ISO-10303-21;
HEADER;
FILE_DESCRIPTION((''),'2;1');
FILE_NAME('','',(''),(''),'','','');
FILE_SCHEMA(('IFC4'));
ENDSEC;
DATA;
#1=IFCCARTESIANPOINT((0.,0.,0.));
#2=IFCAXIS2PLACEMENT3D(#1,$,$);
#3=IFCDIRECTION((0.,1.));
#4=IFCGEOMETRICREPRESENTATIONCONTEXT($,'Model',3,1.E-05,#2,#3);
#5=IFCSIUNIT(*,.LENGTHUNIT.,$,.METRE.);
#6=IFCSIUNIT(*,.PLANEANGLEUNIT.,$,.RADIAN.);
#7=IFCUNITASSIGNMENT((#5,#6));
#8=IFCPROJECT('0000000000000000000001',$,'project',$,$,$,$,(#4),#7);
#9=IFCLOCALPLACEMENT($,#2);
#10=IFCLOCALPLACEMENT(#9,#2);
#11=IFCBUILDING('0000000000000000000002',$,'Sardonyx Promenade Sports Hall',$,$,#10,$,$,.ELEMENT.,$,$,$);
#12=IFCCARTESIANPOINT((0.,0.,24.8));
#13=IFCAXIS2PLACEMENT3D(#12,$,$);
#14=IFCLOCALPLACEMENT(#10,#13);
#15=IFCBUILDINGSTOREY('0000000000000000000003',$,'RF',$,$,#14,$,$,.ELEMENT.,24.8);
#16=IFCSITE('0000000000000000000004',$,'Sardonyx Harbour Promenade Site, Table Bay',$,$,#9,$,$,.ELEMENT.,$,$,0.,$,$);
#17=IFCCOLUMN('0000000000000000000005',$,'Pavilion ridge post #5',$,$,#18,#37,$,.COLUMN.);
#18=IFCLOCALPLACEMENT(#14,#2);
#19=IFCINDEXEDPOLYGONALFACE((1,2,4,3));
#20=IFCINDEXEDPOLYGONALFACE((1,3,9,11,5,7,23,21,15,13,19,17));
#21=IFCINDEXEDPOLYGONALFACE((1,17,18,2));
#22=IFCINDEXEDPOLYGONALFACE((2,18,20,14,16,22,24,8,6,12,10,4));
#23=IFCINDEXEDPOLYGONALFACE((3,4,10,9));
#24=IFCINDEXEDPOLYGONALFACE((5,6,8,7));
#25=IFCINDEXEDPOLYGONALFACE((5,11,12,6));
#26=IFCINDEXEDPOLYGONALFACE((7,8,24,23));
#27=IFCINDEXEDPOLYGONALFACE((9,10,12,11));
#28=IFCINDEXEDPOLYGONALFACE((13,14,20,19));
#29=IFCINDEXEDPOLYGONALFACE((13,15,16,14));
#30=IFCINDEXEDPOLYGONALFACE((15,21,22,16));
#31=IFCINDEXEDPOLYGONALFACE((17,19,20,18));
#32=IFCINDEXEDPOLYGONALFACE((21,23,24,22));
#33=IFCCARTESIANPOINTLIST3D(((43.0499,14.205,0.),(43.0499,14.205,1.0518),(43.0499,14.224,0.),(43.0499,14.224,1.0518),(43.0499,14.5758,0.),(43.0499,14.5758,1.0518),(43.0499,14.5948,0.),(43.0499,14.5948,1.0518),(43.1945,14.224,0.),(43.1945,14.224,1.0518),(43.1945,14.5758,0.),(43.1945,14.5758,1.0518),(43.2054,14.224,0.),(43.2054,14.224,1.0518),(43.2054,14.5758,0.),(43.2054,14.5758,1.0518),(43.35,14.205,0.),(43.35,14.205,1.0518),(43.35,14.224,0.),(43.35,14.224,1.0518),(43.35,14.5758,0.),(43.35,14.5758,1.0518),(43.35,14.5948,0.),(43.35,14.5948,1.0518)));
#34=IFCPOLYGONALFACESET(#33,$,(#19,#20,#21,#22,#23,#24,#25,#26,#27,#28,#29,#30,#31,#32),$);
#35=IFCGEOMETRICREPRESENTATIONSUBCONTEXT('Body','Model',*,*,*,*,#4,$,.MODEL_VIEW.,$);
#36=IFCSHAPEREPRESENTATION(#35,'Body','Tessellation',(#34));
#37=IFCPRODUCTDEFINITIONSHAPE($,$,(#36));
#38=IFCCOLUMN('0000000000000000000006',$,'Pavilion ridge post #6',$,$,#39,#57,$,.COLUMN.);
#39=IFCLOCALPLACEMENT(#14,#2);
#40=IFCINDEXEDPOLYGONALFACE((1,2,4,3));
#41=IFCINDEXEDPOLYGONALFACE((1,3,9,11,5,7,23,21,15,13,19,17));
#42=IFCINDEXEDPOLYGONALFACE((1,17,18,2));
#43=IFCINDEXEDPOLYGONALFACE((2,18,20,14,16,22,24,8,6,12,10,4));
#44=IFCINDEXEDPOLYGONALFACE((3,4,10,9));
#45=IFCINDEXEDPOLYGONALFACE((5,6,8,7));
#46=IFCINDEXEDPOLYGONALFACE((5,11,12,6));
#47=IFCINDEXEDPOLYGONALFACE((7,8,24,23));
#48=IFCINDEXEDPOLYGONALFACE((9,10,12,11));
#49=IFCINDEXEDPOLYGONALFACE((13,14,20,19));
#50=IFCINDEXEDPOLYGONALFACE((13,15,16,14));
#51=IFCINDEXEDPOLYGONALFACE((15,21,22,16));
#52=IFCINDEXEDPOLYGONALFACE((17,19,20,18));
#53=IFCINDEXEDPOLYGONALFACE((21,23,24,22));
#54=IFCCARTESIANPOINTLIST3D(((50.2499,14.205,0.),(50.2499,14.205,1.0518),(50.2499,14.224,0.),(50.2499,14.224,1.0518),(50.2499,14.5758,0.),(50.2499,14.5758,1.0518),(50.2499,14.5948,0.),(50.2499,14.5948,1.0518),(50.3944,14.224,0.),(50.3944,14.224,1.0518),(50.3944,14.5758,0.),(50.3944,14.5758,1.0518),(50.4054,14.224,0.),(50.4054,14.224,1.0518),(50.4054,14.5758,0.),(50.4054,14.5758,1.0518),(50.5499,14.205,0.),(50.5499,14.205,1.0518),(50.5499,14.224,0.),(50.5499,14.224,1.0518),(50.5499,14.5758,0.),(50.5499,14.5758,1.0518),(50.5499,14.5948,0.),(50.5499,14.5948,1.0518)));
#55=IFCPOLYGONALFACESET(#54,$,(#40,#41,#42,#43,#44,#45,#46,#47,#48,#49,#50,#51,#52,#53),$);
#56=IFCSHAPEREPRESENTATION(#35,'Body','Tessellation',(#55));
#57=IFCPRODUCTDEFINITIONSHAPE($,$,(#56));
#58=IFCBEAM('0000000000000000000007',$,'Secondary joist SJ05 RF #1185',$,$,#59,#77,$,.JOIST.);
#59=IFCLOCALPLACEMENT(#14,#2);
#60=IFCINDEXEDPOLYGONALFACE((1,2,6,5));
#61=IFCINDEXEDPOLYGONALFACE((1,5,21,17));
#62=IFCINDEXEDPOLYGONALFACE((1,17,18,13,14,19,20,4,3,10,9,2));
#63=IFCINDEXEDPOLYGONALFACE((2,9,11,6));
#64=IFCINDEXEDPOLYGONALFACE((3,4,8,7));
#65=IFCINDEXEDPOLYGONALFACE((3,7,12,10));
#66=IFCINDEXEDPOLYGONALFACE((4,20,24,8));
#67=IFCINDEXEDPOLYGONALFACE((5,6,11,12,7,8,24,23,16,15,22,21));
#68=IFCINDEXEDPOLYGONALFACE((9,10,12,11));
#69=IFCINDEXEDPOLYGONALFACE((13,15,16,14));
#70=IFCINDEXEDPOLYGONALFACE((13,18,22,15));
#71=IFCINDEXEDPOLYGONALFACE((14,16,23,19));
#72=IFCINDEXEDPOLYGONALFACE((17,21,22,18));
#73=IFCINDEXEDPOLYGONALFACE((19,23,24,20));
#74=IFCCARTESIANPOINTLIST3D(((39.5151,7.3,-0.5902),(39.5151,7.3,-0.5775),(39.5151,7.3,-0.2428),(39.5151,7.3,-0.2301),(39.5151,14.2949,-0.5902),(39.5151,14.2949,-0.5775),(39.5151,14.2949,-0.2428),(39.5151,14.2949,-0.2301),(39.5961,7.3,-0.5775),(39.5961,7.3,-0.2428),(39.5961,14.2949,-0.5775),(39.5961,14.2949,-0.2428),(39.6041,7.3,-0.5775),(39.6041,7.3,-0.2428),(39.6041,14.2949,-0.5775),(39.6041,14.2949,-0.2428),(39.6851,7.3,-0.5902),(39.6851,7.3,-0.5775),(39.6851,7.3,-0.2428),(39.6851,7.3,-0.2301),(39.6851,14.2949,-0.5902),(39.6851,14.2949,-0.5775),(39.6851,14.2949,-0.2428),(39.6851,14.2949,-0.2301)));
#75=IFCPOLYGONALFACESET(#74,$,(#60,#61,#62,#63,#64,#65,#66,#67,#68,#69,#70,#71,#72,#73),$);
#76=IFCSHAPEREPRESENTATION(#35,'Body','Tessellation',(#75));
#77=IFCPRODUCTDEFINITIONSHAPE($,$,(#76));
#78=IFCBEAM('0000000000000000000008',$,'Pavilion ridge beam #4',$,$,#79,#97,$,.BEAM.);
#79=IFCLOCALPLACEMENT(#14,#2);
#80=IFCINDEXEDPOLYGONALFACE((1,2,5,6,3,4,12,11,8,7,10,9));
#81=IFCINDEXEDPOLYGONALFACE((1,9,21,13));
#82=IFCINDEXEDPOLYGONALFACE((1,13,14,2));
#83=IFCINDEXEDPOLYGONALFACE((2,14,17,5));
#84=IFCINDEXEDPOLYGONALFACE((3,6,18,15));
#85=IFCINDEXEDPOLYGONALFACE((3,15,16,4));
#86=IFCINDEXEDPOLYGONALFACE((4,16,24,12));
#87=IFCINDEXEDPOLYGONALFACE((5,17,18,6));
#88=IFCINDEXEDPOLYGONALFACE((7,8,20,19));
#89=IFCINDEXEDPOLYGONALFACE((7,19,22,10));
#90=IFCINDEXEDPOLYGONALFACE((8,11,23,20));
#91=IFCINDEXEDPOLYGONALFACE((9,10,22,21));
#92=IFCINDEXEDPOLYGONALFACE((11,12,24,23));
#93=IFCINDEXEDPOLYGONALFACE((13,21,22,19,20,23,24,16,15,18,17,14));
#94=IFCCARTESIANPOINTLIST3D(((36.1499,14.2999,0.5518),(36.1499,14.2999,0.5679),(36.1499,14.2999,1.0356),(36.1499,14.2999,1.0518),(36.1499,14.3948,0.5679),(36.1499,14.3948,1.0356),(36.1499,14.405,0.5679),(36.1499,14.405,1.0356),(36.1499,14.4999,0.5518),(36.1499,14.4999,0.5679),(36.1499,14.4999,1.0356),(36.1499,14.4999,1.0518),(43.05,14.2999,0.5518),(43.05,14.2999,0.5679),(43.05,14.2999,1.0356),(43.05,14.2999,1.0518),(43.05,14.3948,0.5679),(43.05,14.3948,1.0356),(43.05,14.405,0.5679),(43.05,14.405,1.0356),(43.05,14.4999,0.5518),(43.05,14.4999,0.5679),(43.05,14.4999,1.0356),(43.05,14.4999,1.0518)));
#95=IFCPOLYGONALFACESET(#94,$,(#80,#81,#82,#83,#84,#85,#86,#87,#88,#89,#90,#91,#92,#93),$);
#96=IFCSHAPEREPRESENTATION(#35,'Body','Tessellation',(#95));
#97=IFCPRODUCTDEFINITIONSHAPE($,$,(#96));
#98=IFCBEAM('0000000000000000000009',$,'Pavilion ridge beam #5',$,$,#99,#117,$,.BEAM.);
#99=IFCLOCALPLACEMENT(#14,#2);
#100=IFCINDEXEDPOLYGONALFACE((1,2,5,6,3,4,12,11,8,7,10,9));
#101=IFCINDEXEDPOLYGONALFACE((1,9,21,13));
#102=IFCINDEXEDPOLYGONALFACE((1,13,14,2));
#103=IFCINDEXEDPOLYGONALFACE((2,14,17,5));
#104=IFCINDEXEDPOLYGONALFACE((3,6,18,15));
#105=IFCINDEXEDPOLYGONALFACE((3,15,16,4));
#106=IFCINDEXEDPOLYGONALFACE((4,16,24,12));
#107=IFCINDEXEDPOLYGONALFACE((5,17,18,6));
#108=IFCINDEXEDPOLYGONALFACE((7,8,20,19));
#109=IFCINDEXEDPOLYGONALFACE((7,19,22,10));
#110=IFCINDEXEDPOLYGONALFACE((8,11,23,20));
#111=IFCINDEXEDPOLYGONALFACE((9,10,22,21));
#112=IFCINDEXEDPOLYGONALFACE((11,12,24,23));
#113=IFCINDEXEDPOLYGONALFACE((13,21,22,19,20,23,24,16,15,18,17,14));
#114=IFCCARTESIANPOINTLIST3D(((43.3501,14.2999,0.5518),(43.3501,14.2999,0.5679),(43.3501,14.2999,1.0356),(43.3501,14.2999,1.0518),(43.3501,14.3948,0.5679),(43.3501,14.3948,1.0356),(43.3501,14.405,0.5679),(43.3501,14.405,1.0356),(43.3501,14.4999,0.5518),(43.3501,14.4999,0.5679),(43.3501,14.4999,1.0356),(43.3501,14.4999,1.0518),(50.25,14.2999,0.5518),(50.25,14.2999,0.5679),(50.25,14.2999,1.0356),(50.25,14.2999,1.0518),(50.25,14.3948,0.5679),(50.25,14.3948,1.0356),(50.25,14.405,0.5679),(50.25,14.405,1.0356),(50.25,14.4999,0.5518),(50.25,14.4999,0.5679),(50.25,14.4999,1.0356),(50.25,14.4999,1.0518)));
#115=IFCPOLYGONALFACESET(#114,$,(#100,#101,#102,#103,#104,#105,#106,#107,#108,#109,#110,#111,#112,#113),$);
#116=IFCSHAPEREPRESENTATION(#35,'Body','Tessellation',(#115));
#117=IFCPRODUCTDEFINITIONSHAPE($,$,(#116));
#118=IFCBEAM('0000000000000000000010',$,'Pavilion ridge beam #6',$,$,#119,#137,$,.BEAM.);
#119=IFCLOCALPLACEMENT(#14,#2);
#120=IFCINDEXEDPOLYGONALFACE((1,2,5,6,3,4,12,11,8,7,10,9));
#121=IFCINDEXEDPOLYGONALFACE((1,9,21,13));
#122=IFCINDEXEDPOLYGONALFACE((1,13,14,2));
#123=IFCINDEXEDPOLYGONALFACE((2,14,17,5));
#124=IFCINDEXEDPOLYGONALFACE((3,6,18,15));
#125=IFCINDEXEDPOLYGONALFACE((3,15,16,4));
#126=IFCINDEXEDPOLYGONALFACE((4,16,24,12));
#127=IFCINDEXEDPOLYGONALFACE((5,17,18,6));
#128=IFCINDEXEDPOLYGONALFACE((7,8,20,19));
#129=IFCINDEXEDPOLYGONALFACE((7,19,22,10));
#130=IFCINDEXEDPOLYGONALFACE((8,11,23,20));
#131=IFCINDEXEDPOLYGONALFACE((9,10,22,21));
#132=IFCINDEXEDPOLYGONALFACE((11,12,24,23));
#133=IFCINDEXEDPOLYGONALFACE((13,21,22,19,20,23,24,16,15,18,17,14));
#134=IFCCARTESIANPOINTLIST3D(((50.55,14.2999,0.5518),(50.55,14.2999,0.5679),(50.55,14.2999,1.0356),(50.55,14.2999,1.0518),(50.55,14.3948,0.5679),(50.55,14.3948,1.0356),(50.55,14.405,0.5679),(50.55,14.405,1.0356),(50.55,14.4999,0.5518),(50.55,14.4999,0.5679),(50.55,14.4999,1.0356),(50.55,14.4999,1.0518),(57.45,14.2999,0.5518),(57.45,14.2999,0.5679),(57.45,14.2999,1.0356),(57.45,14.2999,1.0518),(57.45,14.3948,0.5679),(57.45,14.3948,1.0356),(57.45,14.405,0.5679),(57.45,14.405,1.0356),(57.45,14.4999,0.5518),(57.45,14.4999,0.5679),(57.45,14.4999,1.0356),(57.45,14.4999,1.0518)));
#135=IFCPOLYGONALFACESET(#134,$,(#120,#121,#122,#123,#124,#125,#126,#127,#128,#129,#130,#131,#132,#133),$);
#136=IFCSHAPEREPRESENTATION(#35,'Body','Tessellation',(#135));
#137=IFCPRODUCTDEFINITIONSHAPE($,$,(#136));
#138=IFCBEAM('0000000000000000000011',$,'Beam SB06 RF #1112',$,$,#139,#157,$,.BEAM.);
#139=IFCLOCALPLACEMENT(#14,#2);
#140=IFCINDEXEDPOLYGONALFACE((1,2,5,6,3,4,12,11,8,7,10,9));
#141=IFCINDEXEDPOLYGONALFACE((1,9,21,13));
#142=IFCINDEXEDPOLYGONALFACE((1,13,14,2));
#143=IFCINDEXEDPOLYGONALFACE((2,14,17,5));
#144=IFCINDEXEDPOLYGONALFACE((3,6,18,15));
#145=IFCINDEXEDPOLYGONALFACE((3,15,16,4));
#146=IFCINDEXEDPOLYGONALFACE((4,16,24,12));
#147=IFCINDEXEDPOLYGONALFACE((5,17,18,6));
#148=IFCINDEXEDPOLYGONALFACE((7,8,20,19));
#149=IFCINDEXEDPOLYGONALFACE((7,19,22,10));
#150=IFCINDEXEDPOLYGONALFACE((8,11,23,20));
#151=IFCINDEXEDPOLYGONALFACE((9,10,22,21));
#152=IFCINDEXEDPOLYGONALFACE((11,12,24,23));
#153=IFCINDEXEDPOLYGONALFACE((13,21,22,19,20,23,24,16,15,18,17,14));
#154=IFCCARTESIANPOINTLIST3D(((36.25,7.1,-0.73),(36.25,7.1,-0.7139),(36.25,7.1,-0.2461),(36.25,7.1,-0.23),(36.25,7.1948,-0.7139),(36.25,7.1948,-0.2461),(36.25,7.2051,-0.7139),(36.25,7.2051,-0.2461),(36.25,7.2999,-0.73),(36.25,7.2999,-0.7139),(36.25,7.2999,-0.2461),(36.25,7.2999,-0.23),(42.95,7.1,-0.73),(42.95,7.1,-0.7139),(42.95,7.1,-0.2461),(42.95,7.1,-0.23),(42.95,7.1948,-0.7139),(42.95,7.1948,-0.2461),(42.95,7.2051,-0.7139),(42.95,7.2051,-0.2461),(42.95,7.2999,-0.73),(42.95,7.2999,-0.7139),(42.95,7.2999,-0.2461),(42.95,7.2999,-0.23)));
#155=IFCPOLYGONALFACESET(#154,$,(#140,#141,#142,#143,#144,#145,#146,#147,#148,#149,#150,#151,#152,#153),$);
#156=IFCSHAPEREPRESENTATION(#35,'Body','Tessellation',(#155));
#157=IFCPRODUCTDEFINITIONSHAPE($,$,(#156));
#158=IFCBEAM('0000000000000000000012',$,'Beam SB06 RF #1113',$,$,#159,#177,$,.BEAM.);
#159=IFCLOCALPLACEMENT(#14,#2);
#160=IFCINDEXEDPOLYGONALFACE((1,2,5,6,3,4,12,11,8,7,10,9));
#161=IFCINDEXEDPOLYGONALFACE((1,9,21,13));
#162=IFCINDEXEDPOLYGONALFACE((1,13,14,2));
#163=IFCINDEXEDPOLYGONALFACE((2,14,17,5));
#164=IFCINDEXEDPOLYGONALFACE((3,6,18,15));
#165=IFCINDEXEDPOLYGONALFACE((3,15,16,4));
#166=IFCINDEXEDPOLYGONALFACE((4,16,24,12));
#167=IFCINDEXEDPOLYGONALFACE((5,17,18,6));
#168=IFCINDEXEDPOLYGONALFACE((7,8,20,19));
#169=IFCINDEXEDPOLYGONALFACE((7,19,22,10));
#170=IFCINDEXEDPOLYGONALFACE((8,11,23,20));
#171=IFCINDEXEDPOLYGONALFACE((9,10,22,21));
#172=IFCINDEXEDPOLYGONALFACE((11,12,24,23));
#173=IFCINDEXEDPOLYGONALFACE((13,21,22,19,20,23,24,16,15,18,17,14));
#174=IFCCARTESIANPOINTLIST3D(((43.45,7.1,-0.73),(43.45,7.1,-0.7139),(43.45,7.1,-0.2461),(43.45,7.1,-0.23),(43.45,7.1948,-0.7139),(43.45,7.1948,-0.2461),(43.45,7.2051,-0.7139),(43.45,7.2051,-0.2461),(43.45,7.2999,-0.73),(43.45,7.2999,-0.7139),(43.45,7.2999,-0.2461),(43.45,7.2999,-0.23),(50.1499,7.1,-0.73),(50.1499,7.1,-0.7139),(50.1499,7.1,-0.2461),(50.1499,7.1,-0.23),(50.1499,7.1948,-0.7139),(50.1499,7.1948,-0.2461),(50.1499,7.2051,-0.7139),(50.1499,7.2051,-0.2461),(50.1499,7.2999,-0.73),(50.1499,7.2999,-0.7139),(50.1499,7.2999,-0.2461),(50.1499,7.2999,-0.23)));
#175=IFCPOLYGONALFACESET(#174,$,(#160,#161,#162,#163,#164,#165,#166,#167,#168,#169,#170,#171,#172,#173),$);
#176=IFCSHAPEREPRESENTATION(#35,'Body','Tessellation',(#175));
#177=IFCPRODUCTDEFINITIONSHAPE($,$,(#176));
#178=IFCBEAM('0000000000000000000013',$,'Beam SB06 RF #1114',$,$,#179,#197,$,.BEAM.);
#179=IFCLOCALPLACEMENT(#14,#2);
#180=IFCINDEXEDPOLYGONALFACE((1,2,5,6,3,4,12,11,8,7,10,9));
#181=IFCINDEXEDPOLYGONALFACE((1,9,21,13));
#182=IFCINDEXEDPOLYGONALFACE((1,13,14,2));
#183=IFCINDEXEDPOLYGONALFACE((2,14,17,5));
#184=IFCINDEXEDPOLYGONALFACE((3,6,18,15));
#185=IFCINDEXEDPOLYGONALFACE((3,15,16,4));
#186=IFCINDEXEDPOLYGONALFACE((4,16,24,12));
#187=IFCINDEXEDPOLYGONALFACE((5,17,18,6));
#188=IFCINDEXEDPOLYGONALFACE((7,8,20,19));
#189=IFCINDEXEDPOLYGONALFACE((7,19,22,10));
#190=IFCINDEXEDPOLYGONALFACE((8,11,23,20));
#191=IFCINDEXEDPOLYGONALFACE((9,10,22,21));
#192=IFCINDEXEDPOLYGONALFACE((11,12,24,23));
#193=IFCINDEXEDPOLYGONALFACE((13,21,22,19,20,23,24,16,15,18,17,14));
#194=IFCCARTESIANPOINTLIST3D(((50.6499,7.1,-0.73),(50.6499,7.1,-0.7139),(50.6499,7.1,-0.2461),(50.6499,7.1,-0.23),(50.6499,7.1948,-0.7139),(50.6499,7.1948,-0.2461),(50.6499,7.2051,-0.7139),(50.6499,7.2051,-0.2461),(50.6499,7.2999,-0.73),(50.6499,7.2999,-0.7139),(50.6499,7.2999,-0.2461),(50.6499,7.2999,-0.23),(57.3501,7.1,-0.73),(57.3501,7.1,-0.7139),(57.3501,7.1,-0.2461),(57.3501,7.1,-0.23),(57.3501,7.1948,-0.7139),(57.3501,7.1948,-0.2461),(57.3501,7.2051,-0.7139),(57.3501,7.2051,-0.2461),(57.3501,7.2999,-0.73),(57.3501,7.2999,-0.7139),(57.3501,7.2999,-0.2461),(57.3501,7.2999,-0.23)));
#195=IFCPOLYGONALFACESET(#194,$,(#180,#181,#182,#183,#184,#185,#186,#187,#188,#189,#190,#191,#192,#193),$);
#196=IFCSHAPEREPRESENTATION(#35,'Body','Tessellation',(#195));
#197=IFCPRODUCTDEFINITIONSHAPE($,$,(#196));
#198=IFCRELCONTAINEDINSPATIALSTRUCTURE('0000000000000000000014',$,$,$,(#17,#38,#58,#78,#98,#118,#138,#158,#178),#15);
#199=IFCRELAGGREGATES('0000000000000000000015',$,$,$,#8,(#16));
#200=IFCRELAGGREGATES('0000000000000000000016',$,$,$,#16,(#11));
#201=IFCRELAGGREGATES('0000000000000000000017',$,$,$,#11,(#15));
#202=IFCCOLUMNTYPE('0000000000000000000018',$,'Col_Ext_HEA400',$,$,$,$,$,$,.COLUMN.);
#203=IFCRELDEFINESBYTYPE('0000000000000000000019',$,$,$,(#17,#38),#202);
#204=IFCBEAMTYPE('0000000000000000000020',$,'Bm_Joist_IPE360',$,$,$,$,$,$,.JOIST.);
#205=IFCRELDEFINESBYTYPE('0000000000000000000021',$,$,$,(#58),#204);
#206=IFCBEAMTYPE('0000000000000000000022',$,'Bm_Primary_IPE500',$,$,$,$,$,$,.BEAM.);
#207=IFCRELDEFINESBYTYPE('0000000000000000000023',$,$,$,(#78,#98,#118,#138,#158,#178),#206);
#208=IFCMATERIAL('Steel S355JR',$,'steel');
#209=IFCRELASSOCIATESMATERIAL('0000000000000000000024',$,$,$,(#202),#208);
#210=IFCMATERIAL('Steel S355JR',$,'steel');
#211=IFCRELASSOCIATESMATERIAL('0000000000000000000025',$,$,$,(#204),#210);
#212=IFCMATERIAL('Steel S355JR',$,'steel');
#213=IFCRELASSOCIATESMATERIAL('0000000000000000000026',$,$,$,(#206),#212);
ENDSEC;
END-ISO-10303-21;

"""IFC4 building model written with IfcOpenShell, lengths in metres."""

from ifc_helpers import new_model, si_unit, direction, frame, origin, origin_2d, place, context, subcontext, project, spatial, i_section, extrude, material, material_profile, profile_set, type_object, element, save


model = new_model("IFC4")

# Units and contexts
model_context = context("Model", 3, precision=1e-05, world=origin(), true_north=direction((0.0, 1.0)))
body_context = subcontext(model_context, "Body", "Model", "MODEL_VIEW")
ifc_project = project(units=[si_unit("LENGTHUNIT", "METRE"), si_unit("PLANEANGLEUNIT", "RADIAN")], contexts=[model_context])

# Site, building, storey
site_placement = place(None, origin())
site = spatial("IfcSite", under=ifc_project, at=site_placement, Name="Sardonyx Harbour Promenade Site, Table Bay", CompositionType="ELEMENT", RefElevation=0.0)
building_placement = place(site_placement, origin())
building = spatial("IfcBuilding", under=site, at=building_placement, Name="Sardonyx Promenade Sports Hall", CompositionType="ELEMENT")
storey_placement = place(building_placement, frame((0.0, 0.0, 24.8)))
storey = spatial("IfcBuildingStorey", under=building, at=storey_placement, Name="RF", CompositionType="ELEMENT", Elevation=24.8)

# Columns
ifc_material_1 = material(Name="Steel S355JR", Category="steel")
ifc_material_profile_1 = material_profile(ifc_material_1, i_section(OverallWidth=0.3, OverallDepth=0.3899, WebThickness=0.011, FlangeThickness=0.019, at=origin_2d()))
ifc_profile_set_1 = profile_set([ifc_material_profile_1], Name="Steel S355JR")
column_type = type_object("IfcColumnType", Name="Col_Ext_HEA400", PredefinedType="COLUMN", material=ifc_profile_set_1)
for number, where, z_axis, x_axis, name in (
    (1, (43.2, 14.3999, 0.0), (0.0, 0.0, 1.0), (1.0, 0.0, 0.0), "Pavilion ridge post #5"),
    (2, (50.3999, 14.3999, 0.0), (0.0, 0.0, 1.0), (1.0, 0.0, 0.0), "Pavilion ridge post #6"),
):
    element("IfcColumn", number, at=place(storey_placement, frame(where, z_axis=z_axis, x_axis=x_axis)), inside=storey, type_object=column_type, Name=name, PredefinedType="COLUMN", context=body_context, shape_type="SweptSolid", body=[
        extrude(i_section(OverallWidth=0.3, OverallDepth=0.3899, WebThickness=0.011, FlangeThickness=0.019, at=origin_2d()), origin(), (0.0, 0.0, 1.0), 1.0518),
    ])

# Beams
ifc_material_2 = material(Name="Steel S355JR", Category="steel")
ifc_material_profile_2 = material_profile(ifc_material_2, i_section(OverallWidth=0.1699, OverallDepth=0.3601, WebThickness=0.0081, FlangeThickness=0.0127, at=origin_2d()))
ifc_profile_set_2 = profile_set([ifc_material_profile_2], Name="Steel S355JR")
beam_type_1 = type_object("IfcBeamType", Name="Bm_Joist_IPE360", PredefinedType="JOIST", material=ifc_profile_set_2)
beam_1_placement = place(storey_placement, frame((39.6001, 7.3, -0.4102), z_axis=(0.0, 1.0, 0.0), x_axis=(-1.0, 0.0, 0.0)))
element("IfcBeam", 3, at=beam_1_placement, inside=storey, type_object=beam_type_1, Name="Secondary joist SJ05 RF #1185", PredefinedType="JOIST", context=body_context, shape_type="SweptSolid", body=[
    extrude(i_section(OverallWidth=0.1699, OverallDepth=0.3601, WebThickness=0.0081, FlangeThickness=0.0127, at=origin_2d()), origin(), (0.0, 0.0, 1.0), 6.9949),
])
ifc_material_3 = material(Name="Steel S355JR", Category="steel")
ifc_material_profile_3 = material_profile(ifc_material_3, i_section(OverallWidth=0.2, OverallDepth=0.5, WebThickness=0.0103, FlangeThickness=0.0161, at=origin_2d()))
ifc_profile_set_3 = profile_set([ifc_material_profile_3], Name="Steel S355JR")
beam_type_2 = type_object("IfcBeamType", Name="Bm_Primary_IPE500", PredefinedType="BEAM", material=ifc_profile_set_3)
beam_2_placement = place(storey_placement, frame((36.1499, 14.3999, 0.8018), z_axis=(1.0, 0.0, 0.0), x_axis=(0.0, 1.0, 0.0)))
element("IfcBeam", 4, at=beam_2_placement, inside=storey, type_object=beam_type_2, Name="Pavilion ridge beam #4", PredefinedType="BEAM", context=body_context, shape_type="SweptSolid", body=[
    extrude(i_section(OverallWidth=0.2, OverallDepth=0.5, WebThickness=0.0103, FlangeThickness=0.0161, at=origin_2d()), origin(), (0.0, 0.0, 1.0), 6.9001),
])
for number, where, z_axis, x_axis, name in (
    (5, (43.3501, 14.3999, 0.8018), (1.0, 0.0, 0.0), (0.0, 1.0, 0.0), "Pavilion ridge beam #5"),
    (6, (50.55, 14.3999, 0.8018), (1.0, 0.0, 0.0), (0.0, 1.0, 0.0), "Pavilion ridge beam #6"),
):
    element("IfcBeam", number, at=place(storey_placement, frame(where, z_axis=z_axis, x_axis=x_axis)), inside=storey, type_object=beam_type_2, Name=name, PredefinedType="BEAM", context=body_context, shape_type="SweptSolid", body=[
        extrude(i_section(OverallWidth=0.2, OverallDepth=0.5, WebThickness=0.0103, FlangeThickness=0.0161, at=origin_2d()), origin(), (0.0, 0.0, 1.0), 6.8999),
    ])
for number, where, z_axis, x_axis, name in (
    (7, (36.25, 7.2, -0.48), (1.0, 0.0, 0.0), (0.0, 1.0, 0.0), "Beam SB06 RF #1112"),
    (8, (43.45, 7.2, -0.48), (1.0, 0.0, 0.0), (0.0, 1.0, 0.0), "Beam SB06 RF #1113"),
):
    element("IfcBeam", number, at=place(storey_placement, frame(where, z_axis=z_axis, x_axis=x_axis)), inside=storey, type_object=beam_type_2, Name=name, PredefinedType="BEAM", context=body_context, shape_type="SweptSolid", body=[
        extrude(i_section(OverallWidth=0.2, OverallDepth=0.5, WebThickness=0.0103, FlangeThickness=0.0161, at=origin_2d()), origin(), (0.0, 0.0, 1.0), 6.7),
    ])
beam_3_placement = place(storey_placement, frame((50.6499, 7.2, -0.48), z_axis=(1.0, 0.0, 0.0), x_axis=(0.0, 1.0, 0.0)))
element("IfcBeam", 9, at=beam_3_placement, inside=storey, type_object=beam_type_2, Name="Beam SB06 RF #1114", PredefinedType="BEAM", context=body_context, shape_type="SweptSolid", body=[
    extrude(i_section(OverallWidth=0.2, OverallDepth=0.5, WebThickness=0.0103, FlangeThickness=0.0161, at=origin_2d()), origin(), (0.0, 0.0, 1.0), 6.7002),
])

save(model, "model.ifc")
